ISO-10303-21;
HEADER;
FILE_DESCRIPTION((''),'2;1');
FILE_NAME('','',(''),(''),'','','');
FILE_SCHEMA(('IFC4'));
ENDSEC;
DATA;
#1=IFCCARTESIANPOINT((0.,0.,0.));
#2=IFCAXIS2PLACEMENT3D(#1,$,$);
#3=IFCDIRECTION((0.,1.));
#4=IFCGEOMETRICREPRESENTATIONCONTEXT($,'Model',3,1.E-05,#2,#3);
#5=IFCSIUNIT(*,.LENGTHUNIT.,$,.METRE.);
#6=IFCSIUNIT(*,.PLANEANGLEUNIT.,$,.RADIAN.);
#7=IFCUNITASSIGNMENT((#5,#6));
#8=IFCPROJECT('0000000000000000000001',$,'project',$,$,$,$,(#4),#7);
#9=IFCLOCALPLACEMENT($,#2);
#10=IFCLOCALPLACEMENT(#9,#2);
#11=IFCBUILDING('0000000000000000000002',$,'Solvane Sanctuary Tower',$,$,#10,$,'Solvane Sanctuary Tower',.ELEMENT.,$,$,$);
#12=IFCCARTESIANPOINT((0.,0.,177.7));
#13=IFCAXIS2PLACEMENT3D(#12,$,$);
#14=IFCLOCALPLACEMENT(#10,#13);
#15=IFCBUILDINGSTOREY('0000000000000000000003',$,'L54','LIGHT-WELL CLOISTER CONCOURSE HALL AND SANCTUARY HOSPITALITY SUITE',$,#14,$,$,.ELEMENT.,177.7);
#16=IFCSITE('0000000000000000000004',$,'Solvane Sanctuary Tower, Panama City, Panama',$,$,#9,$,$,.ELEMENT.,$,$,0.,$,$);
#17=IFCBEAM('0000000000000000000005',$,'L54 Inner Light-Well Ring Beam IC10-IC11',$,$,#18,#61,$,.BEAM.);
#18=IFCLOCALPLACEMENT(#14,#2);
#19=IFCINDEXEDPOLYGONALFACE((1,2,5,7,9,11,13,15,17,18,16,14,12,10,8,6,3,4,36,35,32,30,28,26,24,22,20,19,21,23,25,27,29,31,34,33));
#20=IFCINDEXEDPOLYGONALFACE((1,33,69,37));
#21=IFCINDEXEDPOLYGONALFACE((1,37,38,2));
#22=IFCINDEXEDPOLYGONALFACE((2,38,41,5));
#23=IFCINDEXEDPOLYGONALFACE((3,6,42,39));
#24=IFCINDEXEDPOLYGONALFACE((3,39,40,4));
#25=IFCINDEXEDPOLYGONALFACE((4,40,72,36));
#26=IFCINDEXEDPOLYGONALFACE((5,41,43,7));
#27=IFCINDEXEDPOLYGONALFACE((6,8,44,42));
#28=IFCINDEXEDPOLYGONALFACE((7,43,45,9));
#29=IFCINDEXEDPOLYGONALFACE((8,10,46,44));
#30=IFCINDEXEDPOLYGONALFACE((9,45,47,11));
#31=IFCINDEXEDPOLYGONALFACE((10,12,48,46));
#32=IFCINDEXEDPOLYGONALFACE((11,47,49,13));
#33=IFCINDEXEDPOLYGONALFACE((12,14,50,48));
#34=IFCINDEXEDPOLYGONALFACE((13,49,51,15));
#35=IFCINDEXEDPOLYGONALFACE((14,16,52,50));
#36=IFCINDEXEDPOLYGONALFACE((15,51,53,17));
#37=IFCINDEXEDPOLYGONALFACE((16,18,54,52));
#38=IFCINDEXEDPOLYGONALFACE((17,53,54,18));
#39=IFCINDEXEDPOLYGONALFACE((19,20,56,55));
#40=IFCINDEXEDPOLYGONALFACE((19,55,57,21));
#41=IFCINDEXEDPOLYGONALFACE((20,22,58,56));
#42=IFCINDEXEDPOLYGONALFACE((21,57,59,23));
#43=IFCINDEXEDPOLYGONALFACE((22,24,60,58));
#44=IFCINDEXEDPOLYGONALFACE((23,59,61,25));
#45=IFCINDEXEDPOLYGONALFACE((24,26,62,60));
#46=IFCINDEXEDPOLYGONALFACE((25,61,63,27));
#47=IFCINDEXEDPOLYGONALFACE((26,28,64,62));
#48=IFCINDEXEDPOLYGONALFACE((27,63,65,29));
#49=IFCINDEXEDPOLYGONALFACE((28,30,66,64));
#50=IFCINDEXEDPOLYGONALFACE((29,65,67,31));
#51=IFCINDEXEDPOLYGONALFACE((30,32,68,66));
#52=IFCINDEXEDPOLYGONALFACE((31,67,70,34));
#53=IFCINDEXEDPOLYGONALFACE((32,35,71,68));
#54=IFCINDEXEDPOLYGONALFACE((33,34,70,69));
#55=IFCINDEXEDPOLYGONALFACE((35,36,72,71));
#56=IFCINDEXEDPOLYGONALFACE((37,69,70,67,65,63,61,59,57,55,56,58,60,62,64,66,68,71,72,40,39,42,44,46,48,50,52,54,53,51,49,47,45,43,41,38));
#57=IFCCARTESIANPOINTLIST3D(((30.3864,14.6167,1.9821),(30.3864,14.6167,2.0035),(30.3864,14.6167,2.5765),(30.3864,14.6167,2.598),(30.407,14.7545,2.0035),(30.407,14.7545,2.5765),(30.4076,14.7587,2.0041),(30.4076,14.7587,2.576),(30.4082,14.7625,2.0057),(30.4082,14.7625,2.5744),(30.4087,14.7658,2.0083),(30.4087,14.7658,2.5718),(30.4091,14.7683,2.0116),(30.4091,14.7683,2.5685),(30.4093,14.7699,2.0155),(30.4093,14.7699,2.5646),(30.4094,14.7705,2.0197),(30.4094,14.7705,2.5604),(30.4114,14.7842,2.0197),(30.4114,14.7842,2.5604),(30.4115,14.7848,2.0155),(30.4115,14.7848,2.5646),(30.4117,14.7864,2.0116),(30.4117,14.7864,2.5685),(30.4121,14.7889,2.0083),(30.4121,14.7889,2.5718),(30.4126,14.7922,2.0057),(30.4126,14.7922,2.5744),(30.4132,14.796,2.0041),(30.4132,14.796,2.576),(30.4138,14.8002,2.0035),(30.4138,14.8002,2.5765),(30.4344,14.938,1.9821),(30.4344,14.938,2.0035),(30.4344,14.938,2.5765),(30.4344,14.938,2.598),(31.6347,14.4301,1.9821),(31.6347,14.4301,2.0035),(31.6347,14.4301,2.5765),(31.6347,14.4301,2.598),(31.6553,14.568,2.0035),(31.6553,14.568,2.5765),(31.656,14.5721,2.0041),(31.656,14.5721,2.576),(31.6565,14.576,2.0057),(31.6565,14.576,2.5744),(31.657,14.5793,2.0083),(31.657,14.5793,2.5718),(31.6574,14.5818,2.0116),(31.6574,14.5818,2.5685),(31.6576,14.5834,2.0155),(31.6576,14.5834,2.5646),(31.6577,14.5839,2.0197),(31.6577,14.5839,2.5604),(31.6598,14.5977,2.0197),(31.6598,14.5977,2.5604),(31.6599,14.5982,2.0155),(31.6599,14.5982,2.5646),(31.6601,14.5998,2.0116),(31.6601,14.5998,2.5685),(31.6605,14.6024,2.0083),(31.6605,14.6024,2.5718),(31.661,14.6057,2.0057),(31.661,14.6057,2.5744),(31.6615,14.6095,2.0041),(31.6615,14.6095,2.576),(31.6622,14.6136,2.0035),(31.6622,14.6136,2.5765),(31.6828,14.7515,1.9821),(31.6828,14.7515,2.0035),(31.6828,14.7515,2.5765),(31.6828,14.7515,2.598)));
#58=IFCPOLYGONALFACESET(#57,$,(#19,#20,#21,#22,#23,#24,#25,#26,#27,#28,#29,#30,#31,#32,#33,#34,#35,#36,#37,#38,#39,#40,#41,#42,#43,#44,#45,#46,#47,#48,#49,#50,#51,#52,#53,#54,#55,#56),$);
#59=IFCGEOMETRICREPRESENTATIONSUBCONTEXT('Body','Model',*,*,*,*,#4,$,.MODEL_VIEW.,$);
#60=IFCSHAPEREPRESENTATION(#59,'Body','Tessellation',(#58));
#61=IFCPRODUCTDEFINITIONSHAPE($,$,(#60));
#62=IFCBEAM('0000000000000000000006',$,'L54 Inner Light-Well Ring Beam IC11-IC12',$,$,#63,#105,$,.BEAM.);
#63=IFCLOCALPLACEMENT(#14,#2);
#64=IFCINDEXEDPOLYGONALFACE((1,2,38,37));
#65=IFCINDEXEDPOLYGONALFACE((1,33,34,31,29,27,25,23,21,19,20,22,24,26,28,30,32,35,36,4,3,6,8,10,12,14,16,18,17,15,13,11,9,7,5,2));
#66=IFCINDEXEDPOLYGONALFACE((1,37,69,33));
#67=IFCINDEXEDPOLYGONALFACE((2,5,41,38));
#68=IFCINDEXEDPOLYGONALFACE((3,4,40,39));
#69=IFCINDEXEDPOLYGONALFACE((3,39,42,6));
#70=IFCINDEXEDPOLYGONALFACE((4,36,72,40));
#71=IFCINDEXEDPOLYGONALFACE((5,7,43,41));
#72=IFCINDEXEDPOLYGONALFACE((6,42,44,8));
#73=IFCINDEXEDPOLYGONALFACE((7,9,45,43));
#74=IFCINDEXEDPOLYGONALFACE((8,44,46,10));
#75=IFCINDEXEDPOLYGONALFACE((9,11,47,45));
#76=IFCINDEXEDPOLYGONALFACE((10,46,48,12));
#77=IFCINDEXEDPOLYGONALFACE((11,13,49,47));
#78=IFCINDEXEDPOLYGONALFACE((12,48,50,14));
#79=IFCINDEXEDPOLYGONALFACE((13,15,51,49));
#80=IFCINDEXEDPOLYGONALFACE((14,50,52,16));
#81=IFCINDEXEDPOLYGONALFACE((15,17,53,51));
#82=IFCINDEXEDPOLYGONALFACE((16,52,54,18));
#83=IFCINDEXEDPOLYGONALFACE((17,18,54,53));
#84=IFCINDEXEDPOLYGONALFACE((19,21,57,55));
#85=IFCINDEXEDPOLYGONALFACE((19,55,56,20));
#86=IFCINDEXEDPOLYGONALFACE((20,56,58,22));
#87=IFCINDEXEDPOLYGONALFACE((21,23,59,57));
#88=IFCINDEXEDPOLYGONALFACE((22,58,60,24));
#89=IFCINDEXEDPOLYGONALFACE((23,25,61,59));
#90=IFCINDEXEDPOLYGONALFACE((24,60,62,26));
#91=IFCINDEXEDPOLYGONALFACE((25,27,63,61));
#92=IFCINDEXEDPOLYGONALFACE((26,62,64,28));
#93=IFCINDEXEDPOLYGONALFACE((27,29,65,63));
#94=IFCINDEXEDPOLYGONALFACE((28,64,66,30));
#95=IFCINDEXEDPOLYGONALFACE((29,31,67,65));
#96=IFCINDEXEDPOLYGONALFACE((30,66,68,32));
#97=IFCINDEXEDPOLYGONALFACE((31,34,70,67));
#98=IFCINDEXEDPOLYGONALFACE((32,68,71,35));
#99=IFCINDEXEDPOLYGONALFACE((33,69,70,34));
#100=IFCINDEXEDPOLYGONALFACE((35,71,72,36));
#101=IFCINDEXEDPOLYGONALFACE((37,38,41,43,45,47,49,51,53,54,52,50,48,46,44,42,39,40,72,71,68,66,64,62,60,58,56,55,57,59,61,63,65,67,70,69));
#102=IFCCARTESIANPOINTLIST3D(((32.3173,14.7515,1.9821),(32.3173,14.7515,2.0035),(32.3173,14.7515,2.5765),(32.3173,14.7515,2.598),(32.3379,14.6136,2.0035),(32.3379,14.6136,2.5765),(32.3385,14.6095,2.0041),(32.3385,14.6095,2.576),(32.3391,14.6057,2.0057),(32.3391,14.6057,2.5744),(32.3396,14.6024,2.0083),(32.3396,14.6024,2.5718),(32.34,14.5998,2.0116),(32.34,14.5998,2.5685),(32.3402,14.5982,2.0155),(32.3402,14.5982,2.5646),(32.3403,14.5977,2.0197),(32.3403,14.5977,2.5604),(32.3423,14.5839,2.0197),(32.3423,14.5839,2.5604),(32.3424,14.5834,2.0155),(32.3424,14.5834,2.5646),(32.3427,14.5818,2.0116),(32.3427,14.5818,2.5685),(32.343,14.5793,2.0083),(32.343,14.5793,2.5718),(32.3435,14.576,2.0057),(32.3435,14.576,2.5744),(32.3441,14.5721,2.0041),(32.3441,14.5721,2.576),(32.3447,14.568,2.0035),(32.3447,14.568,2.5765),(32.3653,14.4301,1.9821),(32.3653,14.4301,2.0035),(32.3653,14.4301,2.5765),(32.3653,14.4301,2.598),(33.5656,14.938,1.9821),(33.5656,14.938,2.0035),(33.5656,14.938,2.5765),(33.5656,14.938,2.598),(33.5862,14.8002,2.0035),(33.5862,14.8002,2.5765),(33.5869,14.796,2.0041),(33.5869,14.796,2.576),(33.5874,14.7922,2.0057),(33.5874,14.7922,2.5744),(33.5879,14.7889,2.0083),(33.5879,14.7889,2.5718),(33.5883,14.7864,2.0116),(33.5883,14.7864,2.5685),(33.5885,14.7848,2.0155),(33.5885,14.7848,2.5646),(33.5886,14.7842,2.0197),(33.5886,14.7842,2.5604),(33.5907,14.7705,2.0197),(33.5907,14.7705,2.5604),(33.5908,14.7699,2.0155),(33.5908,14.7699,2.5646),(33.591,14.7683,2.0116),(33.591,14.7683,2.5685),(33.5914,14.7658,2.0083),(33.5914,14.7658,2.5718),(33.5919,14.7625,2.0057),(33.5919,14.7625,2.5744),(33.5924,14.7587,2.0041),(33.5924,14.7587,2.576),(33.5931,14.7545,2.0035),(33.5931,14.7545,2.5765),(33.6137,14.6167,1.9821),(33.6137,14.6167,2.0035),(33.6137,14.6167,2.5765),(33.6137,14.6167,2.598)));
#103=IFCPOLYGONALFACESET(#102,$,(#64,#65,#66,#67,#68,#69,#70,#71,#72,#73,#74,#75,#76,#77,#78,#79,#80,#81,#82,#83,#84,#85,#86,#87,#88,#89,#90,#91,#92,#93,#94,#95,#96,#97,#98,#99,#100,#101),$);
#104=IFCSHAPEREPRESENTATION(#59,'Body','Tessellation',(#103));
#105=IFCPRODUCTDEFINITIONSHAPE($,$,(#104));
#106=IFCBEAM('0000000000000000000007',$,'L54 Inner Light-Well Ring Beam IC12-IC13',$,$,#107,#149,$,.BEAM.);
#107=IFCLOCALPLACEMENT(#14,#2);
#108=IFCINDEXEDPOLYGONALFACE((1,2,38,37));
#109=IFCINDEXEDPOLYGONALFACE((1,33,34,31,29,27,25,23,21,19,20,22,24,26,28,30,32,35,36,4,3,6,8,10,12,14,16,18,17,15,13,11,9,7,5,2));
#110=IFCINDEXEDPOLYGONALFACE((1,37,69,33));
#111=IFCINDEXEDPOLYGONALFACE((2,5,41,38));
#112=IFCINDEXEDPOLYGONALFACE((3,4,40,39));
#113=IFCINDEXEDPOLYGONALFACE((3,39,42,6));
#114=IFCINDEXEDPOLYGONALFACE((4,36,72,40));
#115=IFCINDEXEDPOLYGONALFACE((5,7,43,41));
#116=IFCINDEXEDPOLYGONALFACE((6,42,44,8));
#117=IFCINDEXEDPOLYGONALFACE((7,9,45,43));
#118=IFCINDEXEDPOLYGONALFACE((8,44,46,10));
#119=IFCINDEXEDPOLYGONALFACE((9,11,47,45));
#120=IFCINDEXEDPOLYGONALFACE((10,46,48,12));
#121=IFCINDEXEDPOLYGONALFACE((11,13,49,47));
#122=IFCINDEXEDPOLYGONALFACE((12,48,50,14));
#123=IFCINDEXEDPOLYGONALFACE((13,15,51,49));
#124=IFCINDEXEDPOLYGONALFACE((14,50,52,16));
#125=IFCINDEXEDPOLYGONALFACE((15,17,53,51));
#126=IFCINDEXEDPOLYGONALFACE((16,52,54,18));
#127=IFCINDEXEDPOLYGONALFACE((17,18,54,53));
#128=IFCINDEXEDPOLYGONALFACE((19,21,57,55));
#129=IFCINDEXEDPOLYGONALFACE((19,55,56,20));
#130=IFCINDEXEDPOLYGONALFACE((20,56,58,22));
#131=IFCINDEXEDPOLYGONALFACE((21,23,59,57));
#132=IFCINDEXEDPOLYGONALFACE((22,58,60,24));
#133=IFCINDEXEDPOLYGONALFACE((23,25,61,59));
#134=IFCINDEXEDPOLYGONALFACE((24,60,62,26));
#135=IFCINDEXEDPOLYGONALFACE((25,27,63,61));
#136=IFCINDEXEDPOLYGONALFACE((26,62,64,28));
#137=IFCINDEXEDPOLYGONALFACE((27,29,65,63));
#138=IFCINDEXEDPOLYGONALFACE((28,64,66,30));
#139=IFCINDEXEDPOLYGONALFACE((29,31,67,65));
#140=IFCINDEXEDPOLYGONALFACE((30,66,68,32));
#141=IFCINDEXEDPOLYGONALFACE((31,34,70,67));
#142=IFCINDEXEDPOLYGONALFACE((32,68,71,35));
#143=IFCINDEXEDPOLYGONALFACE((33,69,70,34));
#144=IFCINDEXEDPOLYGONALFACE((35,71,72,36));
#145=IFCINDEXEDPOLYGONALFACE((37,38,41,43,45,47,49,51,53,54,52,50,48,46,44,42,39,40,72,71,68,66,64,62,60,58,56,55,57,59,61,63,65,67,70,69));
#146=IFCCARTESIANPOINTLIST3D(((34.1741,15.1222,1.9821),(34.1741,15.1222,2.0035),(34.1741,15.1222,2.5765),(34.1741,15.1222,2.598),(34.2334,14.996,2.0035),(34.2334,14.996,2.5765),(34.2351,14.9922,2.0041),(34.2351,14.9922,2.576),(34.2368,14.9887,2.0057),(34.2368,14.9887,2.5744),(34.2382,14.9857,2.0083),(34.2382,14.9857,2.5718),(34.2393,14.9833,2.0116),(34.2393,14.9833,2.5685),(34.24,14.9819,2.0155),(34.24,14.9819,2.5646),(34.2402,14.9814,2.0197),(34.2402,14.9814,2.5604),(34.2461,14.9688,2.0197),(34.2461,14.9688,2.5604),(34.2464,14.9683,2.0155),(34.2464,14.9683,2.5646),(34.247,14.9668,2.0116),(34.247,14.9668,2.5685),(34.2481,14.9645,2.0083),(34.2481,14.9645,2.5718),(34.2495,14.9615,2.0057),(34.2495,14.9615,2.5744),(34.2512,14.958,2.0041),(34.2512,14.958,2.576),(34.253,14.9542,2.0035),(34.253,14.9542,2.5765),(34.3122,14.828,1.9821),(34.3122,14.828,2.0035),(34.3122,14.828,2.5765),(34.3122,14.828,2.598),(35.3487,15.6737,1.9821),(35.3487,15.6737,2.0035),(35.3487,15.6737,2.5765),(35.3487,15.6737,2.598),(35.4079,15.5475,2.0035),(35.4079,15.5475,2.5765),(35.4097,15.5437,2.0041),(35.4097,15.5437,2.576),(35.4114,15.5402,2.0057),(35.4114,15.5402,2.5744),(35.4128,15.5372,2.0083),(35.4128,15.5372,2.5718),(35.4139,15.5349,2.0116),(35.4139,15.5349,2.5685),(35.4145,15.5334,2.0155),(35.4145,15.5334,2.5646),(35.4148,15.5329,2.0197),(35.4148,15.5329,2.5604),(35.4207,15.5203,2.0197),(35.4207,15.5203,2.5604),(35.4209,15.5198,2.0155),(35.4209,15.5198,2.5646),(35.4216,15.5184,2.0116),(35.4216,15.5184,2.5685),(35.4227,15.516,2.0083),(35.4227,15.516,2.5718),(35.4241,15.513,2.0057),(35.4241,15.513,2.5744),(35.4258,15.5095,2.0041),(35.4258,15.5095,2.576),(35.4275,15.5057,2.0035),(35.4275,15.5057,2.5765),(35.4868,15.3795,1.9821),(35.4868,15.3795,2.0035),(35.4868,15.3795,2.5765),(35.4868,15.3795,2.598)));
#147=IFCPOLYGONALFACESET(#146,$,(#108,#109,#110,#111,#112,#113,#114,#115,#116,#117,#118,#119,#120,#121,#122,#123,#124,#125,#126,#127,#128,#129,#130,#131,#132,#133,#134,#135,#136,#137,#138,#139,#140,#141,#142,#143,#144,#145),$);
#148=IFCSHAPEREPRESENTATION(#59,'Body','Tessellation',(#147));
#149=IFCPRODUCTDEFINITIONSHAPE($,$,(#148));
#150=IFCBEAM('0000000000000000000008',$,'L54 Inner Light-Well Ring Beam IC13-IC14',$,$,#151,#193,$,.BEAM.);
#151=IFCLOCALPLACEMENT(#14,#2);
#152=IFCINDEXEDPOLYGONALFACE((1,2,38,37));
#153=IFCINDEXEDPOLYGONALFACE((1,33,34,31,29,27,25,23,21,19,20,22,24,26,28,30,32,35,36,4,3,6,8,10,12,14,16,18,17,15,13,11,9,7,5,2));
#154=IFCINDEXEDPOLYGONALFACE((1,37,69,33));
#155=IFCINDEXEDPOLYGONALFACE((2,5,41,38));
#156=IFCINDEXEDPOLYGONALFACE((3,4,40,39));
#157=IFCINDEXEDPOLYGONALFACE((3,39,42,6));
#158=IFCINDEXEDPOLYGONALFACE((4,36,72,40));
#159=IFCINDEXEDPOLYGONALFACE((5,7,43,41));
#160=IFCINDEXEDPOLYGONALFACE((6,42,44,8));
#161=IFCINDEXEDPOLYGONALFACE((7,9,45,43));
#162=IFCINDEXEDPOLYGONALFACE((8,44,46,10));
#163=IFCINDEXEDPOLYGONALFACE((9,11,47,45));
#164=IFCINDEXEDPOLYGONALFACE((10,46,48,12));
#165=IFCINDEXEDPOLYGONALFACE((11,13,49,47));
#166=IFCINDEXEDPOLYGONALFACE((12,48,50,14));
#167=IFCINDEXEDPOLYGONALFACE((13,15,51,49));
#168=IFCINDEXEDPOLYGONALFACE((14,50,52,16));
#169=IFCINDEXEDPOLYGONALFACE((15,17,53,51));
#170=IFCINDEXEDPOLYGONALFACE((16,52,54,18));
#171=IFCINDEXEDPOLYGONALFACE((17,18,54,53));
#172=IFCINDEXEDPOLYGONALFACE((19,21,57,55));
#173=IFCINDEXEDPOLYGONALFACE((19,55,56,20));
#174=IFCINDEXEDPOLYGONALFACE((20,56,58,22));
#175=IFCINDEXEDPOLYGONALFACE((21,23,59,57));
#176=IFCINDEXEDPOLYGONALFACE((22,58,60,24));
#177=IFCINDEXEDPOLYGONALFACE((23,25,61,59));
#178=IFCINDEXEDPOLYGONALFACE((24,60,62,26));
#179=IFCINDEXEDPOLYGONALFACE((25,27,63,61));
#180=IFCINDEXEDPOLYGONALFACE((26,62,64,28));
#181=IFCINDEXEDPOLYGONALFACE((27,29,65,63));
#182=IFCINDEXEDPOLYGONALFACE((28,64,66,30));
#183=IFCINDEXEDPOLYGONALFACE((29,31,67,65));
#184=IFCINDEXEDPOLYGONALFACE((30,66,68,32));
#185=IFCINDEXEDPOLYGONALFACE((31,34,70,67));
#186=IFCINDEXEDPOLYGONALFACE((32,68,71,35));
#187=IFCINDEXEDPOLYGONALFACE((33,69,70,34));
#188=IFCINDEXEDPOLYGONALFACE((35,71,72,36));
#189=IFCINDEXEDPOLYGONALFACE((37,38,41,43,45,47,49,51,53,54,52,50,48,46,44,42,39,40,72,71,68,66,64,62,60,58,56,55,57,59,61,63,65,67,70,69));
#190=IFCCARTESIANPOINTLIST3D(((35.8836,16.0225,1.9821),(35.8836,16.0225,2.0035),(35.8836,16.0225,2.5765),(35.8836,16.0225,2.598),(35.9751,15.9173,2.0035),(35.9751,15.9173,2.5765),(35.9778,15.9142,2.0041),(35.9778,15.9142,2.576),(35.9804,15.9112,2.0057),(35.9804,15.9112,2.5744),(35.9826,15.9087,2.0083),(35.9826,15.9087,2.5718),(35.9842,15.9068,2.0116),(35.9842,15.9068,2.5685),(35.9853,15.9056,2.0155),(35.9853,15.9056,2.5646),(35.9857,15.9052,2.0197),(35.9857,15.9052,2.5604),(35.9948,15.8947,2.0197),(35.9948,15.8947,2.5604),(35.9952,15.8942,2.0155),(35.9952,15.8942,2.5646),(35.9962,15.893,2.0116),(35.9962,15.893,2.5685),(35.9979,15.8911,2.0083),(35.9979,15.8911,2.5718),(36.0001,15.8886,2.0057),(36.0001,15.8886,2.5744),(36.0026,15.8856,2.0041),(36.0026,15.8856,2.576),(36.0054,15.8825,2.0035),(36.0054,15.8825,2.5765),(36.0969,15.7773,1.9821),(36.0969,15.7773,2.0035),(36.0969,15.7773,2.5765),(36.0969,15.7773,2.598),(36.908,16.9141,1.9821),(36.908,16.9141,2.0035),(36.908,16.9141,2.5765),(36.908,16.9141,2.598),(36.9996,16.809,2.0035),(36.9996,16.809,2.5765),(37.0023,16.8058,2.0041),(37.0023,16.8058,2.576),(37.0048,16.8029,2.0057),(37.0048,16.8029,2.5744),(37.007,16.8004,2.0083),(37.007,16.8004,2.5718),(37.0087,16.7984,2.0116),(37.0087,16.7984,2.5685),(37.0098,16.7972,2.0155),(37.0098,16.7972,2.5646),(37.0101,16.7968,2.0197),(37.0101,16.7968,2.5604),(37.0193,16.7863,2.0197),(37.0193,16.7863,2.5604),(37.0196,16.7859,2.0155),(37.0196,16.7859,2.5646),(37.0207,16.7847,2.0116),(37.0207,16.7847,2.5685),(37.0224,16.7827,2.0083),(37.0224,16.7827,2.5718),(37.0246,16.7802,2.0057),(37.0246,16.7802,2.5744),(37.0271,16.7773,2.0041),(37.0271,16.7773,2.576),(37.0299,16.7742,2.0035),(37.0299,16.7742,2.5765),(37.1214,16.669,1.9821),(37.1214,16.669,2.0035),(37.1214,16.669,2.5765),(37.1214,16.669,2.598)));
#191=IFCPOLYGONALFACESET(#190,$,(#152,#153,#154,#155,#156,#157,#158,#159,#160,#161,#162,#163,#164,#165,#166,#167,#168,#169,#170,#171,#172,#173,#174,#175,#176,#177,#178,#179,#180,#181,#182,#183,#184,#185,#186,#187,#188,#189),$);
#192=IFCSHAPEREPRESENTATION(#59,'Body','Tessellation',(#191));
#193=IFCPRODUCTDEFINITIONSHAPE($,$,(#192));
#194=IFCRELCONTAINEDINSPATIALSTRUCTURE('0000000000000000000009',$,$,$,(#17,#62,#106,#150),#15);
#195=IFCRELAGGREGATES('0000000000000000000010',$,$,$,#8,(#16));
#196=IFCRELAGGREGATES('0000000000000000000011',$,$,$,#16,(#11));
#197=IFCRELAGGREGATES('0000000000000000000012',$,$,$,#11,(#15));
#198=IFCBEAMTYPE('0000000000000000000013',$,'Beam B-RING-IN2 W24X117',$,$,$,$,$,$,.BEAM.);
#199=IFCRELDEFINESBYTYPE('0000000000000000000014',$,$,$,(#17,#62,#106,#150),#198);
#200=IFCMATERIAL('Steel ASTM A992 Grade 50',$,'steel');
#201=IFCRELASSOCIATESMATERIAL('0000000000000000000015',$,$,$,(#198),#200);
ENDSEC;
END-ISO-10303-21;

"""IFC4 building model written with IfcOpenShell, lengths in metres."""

from ifc_helpers import new_model, si_unit, direction, frame, origin, origin_2d, place, context, subcontext, project, spatial, i_section, extrude, material, material_profile, profile_set, type_object, element, save


model = new_model("IFC4")

# Units and contexts
model_context = context("Model", 3, precision=1e-05, world=origin(), true_north=direction((0.0, 1.0)))
body_context = subcontext(model_context, "Body", "Model", "MODEL_VIEW")
ifc_project = project(units=[si_unit("LENGTHUNIT", "METRE"), si_unit("PLANEANGLEUNIT", "RADIAN")], contexts=[model_context])

# Site, building, storey
site_placement = place(None, origin())
site = spatial("IfcSite", under=ifc_project, at=site_placement, Name="Solvane Sanctuary Tower, Panama City, Panama", CompositionType="ELEMENT", RefElevation=0.0)
building_placement = place(site_placement, origin())
building = spatial("IfcBuilding", under=site, at=building_placement, Name="Solvane Sanctuary Tower", LongName="Solvane Sanctuary Tower", CompositionType="ELEMENT")
storey_placement = place(building_placement, frame((0.0, 0.0, 177.7)))
storey = spatial("IfcBuildingStorey", under=building, at=storey_placement, Name="L54", Description="LIGHT-WELL CLOISTER CONCOURSE HALL AND SANCTUARY HOSPITALITY SUITE", CompositionType="ELEMENT", Elevation=177.7)

# Beams
ifc_material_1 = material(Name="Steel ASTM A992 Grade 50", Category="steel")
ifc_material_profile_1 = material_profile(ifc_material_1, i_section(OverallWidth=0.325, OverallDepth=0.616, WebThickness=0.0139, FlangeThickness=0.0215, FilletRadius=0.0161, at=origin_2d()), Name="W24X117")
ifc_profile_set_1 = profile_set([ifc_material_profile_1], Name="Steel ASTM A992 Grade 50")
beam_type_1 = type_object("IfcBeamType", Name="Beam B-RING-IN2 W24X117", PredefinedType="BEAM", material=ifc_profile_set_1)
for number, where, z_axis, x_axis, name in (
    (1, (30.4104, 14.7773, 2.29), (0.98902, -0.147782, 0.0), (0.147782, 0.98902, 0.0), "L54 Inner Light-Well Ring Beam IC10-IC11"),
    (2, (32.3413, 14.5908, 2.29), (0.98902, 0.147782, 0.0), (-0.147782, 0.98902, 0.0), "L54 Inner Light-Well Ring Beam IC11-IC12"),
):
    element("IfcBeam", number, at=place(storey_placement, frame(where, z_axis=z_axis, x_axis=x_axis)), inside=storey, type_object=beam_type_1, Name=name, PredefinedType="BEAM", context=body_context, shape_type="SweptSolid", body=[
        extrude(i_section(OverallWidth=0.325, OverallDepth=0.616, WebThickness=0.0139, FlangeThickness=0.0215, FilletRadius=0.0161, at=origin_2d()), origin(), (0.0, 0.0, 1.0), 1.2622),
    ])
beam_1_placement = place(storey_placement, frame((34.2432, 14.9751, 2.29), z_axis=(0.905181, 0.425027, 0.0), x_axis=(-0.425027, 0.905181, 0.0)))
element("IfcBeam", 3, at=beam_1_placement, inside=storey, type_object=beam_type_1, Name="L54 Inner Light-Well Ring Beam IC12-IC13", PredefinedType="BEAM", context=body_context, shape_type="SweptSolid", body=[
    extrude(i_section(OverallWidth=0.325, OverallDepth=0.616, WebThickness=0.0139, FlangeThickness=0.0215, FilletRadius=0.0161, at=origin_2d()), origin(), (0.0, 0.0, 1.0), 1.2976),
])
beam_2_placement = place(storey_placement, frame((35.9902, 15.8999, 2.29), z_axis=(0.754311, 0.656517, 0.0), x_axis=(-0.656517, 0.754311, 0.0)))
element("IfcBeam", 4, at=beam_2_placement, inside=storey, type_object=beam_type_1, Name="L54 Inner Light-Well Ring Beam IC13-IC14", PredefinedType="BEAM", context=body_context, shape_type="SweptSolid", body=[
    extrude(i_section(OverallWidth=0.325, OverallDepth=0.616, WebThickness=0.0139, FlangeThickness=0.0215, FilletRadius=0.0161, at=origin_2d()), origin(), (0.0, 0.0, 1.0), 1.3582),
])

save(model, "model.ifc")
